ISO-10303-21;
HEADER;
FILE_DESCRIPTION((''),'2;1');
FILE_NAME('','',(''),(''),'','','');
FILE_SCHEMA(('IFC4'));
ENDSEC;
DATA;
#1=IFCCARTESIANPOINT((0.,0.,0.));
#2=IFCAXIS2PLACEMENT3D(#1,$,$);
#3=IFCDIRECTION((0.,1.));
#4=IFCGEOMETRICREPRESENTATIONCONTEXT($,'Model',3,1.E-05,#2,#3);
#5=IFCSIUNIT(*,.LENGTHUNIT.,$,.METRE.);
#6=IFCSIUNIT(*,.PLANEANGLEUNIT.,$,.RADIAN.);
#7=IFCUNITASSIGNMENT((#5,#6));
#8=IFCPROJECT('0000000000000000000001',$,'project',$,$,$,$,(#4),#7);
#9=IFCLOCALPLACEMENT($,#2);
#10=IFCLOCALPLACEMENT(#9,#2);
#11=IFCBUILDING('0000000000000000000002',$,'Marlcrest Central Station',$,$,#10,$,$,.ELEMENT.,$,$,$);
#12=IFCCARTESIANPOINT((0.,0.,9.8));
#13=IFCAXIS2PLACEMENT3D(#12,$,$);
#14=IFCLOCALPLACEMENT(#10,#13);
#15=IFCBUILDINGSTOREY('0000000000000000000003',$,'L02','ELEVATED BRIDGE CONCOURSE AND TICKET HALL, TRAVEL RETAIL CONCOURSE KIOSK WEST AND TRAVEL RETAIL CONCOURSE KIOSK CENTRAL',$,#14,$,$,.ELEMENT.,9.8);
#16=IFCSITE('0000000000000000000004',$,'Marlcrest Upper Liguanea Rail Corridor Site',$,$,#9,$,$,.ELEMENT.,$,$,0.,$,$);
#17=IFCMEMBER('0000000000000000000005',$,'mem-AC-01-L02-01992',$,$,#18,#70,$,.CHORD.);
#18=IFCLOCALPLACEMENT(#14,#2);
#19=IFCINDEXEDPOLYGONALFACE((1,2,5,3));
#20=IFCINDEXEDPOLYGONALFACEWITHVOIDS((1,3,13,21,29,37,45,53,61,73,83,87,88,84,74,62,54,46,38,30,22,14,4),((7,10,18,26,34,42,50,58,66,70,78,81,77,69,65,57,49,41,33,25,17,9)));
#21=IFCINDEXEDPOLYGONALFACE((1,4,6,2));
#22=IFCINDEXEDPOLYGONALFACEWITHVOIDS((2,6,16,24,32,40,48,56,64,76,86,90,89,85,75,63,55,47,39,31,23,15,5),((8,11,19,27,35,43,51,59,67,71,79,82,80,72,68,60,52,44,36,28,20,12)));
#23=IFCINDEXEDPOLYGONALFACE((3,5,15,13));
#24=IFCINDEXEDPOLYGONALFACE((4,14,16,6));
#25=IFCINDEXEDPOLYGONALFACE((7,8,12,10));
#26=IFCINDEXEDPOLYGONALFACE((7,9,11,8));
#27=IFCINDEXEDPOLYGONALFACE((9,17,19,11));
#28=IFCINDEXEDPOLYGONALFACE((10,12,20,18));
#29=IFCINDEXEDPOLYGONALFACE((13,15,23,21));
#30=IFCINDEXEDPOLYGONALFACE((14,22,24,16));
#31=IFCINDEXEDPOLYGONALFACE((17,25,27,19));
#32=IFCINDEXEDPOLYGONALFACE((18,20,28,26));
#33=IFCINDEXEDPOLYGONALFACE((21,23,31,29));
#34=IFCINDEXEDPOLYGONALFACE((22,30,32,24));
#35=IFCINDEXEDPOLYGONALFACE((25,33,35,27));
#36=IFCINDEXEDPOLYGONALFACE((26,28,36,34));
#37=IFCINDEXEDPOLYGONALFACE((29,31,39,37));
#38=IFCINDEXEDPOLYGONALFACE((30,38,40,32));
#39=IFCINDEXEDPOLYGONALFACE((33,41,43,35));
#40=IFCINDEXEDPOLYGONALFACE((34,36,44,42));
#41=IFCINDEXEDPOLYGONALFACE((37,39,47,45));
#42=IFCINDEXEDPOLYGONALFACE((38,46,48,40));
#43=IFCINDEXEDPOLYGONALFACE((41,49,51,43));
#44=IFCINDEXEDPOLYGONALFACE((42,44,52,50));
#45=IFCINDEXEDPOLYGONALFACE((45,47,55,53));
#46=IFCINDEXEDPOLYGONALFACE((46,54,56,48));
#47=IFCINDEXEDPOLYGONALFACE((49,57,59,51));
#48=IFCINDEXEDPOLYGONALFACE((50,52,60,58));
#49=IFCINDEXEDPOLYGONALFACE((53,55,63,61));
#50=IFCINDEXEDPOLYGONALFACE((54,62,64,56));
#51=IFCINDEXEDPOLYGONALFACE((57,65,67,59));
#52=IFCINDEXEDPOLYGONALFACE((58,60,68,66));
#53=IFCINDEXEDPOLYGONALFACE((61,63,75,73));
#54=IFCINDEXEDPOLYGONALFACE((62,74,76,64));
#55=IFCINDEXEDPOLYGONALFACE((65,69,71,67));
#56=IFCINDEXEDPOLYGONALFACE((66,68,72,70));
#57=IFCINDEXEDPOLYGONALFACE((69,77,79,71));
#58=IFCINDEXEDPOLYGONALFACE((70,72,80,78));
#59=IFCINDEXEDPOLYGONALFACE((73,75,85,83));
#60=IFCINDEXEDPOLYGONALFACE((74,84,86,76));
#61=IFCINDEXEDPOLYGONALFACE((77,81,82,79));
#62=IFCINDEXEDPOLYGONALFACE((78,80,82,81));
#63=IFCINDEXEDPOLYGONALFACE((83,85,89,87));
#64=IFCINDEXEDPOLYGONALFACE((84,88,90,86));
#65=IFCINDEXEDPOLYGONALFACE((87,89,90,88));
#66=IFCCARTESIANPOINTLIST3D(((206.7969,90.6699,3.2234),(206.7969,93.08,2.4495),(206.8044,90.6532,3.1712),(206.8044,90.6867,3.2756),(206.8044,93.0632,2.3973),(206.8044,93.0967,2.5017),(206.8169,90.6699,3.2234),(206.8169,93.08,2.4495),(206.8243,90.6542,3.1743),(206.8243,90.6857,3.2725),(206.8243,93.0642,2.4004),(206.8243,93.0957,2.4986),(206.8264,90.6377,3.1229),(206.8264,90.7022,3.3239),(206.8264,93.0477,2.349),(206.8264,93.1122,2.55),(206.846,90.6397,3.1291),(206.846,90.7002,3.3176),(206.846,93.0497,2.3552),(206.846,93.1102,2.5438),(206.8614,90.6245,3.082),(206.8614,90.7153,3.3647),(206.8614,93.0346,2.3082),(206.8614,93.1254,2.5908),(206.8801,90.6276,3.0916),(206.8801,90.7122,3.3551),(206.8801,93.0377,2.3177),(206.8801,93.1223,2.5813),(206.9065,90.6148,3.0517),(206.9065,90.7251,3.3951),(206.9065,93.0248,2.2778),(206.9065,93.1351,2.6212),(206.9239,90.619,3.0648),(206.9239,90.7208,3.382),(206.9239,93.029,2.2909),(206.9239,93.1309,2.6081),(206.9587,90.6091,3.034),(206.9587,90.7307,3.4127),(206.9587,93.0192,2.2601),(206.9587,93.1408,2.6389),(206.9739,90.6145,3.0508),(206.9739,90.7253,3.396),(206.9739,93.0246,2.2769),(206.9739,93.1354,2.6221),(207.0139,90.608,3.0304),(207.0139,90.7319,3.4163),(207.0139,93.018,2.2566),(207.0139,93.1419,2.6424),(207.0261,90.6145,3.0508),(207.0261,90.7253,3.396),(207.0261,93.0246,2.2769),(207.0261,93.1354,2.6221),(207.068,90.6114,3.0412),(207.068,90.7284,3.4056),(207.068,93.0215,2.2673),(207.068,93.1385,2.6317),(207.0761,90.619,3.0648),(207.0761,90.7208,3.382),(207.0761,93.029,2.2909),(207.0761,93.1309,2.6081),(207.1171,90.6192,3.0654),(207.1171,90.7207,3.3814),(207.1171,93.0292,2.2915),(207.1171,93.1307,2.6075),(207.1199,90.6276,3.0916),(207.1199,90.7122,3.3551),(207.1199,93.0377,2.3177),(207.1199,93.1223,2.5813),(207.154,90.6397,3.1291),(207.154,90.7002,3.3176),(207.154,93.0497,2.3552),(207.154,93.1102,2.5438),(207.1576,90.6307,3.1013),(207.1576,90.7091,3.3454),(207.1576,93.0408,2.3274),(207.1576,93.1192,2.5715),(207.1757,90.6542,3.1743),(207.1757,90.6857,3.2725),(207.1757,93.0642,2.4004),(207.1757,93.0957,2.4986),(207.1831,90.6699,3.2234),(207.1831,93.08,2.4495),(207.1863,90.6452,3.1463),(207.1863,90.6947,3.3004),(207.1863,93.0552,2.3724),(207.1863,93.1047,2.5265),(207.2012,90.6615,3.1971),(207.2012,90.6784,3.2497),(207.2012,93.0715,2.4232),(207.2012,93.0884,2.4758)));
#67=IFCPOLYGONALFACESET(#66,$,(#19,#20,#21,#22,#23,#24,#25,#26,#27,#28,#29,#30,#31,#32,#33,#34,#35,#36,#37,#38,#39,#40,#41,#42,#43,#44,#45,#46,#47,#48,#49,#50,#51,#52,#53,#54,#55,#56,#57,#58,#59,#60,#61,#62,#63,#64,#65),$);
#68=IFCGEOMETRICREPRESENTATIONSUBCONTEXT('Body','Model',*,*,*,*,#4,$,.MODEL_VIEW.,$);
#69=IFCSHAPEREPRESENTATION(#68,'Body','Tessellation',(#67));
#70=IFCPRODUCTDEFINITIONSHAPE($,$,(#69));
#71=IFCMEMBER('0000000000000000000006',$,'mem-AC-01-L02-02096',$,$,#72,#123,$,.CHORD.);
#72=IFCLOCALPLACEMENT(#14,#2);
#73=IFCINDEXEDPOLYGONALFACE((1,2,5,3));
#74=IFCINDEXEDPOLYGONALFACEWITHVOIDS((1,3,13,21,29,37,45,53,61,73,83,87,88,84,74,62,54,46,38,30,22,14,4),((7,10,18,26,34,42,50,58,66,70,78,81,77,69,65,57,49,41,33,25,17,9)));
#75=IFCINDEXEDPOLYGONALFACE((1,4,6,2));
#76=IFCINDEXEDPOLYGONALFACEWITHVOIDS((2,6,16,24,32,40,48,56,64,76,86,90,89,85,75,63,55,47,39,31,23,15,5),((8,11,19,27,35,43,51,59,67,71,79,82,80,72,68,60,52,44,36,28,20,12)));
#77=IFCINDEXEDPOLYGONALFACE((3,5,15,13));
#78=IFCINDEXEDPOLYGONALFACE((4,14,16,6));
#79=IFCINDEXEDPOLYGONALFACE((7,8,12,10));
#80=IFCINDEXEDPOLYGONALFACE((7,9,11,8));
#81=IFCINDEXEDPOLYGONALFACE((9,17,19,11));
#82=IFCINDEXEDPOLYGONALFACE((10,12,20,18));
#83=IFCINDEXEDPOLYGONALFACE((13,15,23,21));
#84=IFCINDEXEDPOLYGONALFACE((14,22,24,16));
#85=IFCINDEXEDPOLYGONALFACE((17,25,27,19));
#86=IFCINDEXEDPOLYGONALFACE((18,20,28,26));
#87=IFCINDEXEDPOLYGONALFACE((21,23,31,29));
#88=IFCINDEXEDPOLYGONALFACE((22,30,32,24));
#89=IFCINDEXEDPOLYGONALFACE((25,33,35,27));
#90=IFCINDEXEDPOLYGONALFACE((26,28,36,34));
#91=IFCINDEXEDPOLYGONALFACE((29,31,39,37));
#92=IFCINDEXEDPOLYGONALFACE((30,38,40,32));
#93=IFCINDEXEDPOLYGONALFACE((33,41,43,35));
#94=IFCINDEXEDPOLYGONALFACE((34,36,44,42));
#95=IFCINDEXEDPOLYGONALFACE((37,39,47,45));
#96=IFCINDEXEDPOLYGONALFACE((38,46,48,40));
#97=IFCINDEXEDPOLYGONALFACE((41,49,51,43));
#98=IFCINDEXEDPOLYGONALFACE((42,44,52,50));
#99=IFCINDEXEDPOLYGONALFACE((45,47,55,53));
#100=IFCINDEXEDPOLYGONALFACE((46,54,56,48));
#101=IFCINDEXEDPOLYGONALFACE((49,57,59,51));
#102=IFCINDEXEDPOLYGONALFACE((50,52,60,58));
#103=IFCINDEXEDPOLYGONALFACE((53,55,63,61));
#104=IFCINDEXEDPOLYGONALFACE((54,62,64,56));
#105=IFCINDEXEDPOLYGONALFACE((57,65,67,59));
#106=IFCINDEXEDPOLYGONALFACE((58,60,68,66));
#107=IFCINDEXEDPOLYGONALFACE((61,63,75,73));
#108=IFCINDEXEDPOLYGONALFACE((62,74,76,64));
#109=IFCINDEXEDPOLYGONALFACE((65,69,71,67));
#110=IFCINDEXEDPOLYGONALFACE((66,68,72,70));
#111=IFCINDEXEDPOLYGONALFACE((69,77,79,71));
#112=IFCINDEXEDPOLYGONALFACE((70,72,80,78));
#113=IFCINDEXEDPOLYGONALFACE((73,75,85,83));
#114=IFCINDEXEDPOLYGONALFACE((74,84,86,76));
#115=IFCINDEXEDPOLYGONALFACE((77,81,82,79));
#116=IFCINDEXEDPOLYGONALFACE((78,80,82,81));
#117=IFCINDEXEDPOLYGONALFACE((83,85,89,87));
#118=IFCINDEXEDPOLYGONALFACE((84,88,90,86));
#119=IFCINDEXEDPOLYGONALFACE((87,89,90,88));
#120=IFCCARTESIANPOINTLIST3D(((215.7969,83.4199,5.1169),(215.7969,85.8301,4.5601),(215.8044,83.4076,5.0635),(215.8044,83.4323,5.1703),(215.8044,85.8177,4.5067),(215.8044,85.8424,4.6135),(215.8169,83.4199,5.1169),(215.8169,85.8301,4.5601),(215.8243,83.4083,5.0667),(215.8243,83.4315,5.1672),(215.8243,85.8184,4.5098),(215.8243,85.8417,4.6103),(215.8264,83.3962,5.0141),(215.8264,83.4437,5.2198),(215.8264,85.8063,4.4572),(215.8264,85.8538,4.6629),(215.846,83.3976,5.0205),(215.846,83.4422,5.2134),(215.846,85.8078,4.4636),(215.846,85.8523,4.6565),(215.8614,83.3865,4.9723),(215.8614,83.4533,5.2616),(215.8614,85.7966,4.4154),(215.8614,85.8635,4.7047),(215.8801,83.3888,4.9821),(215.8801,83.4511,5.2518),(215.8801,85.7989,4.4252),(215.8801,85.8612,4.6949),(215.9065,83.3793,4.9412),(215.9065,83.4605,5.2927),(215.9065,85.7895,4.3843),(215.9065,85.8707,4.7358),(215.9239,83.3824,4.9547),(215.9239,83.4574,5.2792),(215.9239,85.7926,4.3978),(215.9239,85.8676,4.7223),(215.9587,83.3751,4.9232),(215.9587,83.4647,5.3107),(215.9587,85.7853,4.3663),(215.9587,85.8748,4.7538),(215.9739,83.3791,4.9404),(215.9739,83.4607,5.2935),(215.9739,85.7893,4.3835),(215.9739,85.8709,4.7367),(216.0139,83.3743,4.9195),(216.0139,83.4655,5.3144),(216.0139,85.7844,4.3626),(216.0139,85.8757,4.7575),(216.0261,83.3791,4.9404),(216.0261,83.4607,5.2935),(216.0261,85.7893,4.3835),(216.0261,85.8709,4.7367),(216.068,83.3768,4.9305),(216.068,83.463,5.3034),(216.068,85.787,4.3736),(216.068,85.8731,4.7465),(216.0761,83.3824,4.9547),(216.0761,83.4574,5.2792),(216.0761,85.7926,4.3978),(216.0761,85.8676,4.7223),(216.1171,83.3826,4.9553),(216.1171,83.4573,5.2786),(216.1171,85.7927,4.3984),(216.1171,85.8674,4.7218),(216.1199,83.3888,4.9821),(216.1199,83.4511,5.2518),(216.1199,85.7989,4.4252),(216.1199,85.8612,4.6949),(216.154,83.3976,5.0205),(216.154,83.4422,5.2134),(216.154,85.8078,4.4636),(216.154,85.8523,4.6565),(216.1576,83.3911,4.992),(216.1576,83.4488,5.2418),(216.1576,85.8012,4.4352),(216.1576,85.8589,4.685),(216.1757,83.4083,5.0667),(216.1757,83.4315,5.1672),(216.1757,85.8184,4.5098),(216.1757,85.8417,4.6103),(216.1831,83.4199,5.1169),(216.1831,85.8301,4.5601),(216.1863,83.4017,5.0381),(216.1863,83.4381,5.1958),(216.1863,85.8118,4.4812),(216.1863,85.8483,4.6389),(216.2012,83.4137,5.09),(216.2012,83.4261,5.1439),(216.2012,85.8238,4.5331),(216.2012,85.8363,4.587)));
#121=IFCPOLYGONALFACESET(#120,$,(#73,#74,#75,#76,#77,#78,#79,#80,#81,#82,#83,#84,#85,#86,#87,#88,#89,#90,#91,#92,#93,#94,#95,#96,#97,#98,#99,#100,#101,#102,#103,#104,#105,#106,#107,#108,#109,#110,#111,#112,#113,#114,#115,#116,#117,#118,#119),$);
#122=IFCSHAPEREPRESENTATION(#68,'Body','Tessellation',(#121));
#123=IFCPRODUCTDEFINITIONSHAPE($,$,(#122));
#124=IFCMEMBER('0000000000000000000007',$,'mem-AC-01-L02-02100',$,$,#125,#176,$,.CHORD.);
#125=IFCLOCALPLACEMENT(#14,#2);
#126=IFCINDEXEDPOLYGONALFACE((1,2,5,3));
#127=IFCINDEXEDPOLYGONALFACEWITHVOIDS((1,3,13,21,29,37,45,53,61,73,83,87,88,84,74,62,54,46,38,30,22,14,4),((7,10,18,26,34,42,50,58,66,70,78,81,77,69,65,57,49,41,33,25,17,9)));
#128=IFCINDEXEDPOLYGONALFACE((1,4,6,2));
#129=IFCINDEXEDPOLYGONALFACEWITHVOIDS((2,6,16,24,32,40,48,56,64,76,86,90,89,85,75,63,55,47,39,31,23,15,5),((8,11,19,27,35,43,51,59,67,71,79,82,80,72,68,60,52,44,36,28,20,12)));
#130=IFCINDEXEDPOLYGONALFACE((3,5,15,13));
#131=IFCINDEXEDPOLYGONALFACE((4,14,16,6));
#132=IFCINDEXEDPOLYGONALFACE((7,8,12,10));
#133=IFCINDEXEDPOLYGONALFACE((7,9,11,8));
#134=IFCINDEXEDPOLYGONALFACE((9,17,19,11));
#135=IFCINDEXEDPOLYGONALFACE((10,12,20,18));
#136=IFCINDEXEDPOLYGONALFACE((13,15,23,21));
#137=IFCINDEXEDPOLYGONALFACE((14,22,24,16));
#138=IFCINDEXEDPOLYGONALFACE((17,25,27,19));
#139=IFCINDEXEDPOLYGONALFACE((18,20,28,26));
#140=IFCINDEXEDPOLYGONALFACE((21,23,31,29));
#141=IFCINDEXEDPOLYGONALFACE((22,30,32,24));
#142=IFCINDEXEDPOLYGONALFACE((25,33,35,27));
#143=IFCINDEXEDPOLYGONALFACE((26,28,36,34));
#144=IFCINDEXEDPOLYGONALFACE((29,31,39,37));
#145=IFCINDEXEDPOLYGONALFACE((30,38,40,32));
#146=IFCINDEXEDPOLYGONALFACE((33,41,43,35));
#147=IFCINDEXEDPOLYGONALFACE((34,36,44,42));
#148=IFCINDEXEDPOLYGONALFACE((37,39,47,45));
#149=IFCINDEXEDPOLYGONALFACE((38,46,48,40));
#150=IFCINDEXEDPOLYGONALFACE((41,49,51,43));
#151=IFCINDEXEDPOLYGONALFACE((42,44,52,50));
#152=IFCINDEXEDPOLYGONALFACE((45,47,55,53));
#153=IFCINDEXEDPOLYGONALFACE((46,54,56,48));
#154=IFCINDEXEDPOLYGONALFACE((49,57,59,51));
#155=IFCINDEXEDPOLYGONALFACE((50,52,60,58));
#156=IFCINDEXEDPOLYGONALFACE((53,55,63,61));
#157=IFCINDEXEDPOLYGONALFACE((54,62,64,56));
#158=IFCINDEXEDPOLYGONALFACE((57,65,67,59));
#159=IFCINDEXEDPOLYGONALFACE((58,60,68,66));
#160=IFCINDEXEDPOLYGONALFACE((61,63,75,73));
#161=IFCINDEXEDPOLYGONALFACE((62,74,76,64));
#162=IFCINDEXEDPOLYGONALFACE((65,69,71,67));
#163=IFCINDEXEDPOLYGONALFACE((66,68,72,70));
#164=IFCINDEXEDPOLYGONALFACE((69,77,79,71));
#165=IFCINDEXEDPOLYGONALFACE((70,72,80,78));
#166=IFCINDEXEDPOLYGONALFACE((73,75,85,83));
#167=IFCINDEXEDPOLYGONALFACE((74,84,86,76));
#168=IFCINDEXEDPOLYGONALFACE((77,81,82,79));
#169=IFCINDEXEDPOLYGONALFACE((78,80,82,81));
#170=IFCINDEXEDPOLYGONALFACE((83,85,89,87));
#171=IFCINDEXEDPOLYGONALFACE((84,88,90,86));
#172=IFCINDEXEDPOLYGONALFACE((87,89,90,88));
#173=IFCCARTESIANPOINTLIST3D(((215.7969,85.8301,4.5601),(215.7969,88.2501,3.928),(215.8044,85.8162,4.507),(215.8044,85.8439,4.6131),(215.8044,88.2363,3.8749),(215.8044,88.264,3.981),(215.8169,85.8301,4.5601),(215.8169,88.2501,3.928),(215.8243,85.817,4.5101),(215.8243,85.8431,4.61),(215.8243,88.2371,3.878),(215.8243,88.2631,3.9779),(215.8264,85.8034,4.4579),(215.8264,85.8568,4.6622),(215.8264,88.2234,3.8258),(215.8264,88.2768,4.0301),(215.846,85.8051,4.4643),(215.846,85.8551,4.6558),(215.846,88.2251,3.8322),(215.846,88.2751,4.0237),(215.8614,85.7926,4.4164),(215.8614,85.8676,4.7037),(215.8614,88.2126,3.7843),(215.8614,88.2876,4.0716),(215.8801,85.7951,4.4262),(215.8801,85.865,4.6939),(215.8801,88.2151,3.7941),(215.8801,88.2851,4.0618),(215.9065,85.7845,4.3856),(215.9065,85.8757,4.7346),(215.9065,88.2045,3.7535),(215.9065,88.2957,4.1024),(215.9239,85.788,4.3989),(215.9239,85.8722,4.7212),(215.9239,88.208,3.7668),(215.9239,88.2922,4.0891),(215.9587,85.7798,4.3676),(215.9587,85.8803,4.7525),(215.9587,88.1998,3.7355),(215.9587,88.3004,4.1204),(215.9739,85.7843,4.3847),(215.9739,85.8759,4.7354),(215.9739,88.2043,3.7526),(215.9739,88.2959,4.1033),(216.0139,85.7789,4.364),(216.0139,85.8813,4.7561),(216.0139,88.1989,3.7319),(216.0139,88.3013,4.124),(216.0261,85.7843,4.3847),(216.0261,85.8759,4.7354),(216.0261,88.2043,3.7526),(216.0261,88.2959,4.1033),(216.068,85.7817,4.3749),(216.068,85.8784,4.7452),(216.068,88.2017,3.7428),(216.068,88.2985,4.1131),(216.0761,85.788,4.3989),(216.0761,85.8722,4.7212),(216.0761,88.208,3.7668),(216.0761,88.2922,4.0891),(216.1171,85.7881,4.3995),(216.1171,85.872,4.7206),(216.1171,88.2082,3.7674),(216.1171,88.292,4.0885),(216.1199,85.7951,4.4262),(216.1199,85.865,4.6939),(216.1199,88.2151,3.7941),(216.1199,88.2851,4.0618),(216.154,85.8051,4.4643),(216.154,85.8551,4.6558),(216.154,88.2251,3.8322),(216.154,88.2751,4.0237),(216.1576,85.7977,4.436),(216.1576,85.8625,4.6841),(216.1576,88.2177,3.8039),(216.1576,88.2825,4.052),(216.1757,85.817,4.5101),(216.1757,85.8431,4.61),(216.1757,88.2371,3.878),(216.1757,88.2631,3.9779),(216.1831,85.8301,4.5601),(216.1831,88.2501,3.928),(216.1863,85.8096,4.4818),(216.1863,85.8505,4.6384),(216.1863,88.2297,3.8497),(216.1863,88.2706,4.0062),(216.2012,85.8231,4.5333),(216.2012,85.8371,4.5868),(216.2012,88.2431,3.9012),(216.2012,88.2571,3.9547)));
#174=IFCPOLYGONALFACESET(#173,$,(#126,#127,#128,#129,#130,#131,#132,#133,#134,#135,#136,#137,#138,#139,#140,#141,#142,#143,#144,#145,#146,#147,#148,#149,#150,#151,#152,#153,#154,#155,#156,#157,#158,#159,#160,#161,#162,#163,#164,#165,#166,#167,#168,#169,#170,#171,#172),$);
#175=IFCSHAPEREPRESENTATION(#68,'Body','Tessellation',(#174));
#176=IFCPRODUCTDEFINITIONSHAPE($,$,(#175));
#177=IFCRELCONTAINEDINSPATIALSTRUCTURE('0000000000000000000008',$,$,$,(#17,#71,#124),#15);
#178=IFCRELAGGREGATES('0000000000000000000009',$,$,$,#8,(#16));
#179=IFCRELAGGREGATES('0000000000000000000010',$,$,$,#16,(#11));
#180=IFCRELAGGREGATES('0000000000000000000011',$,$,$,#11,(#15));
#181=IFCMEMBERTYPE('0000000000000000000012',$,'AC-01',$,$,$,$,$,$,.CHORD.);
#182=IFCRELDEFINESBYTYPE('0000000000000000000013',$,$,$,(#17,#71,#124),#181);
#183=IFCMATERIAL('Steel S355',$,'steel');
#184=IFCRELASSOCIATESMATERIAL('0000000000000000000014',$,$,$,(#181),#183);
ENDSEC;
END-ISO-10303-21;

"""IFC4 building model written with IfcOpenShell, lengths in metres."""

from ifc_helpers import new_model, si_unit, direction, frame, origin, origin_2d, place, context, subcontext, project, spatial, hollow_circle, extrude, material, material_profile, profile_set, type_object, element, save


model = new_model("IFC4")

# Units and contexts
model_context = context("Model", 3, precision=1e-05, world=origin(), true_north=direction((0.0, 1.0)))
body_context = subcontext(model_context, "Body", "Model", "MODEL_VIEW")
ifc_project = project(units=[si_unit("LENGTHUNIT", "METRE"), si_unit("PLANEANGLEUNIT", "RADIAN")], contexts=[model_context])

# Site, building, storey
site_placement = place(None, origin())
site = spatial("IfcSite", under=ifc_project, at=site_placement, Name="Marlcrest Upper Liguanea Rail Corridor Site", CompositionType="ELEMENT", RefElevation=0.0)
building_placement = place(site_placement, origin())
building = spatial("IfcBuilding", under=site, at=building_placement, Name="Marlcrest Central Station", CompositionType="ELEMENT")
storey_placement = place(building_placement, frame((0.0, 0.0, 9.8)))
storey = spatial("IfcBuildingStorey", under=building, at=storey_placement, Name="L02", Description="ELEVATED BRIDGE CONCOURSE AND TICKET HALL, TRAVEL RETAIL CONCOURSE KIOSK WEST AND TRAVEL RETAIL CONCOURSE KIOSK CENTRAL", CompositionType="ELEMENT", Elevation=9.8)

# Members
ifc_material_1 = material(Name="Steel S355", Category="steel")
ifc_material_profile_1 = material_profile(ifc_material_1, hollow_circle(Radius=0.2031, WallThickness=0.02, at=origin_2d()), Name="CHS 406.4x20")
ifc_profile_set_1 = profile_set([ifc_material_profile_1], Name="Steel S355")
member_type_1 = type_object("IfcMemberType", Name="AC-01", PredefinedType="CHORD", material=ifc_profile_set_1)
member_1_placement = place(storey_placement, frame((207.0, 90.6699, 3.2234), z_axis=(0.0, 0.952117, -0.305734), x_axis=(-1.0, 0.0, 0.0)))
element("IfcMember", 1, at=member_1_placement, inside=storey, type_object=member_type_1, Name="mem-AC-01-L02-01992", PredefinedType="CHORD", context=body_context, shape_type="SweptSolid", body=[
    extrude(hollow_circle(Radius=0.2031, WallThickness=0.02, at=origin_2d()), origin(), (0.0, 0.0, 1.0), 2.5312),
])
member_2_placement = place(storey_placement, frame((216.0, 83.4199, 5.1169), z_axis=(0.0, 0.97433, -0.225126), x_axis=(-1.0, 0.0, 0.0)))
element("IfcMember", 2, at=member_2_placement, inside=storey, type_object=member_type_1, Name="mem-AC-01-L02-02096", PredefinedType="CHORD", context=body_context, shape_type="SweptSolid", body=[
    extrude(hollow_circle(Radius=0.2031, WallThickness=0.02, at=origin_2d()), origin(), (0.0, 0.0, 1.0), 2.4736),
])
member_3_placement = place(storey_placement, frame((216.0, 85.8301, 4.5601), z_axis=(0.0, 0.967539, -0.25272), x_axis=(-1.0, 0.0, 0.0)))
element("IfcMember", 3, at=member_3_placement, inside=storey, type_object=member_type_1, Name="mem-AC-01-L02-02100", PredefinedType="CHORD", context=body_context, shape_type="SweptSolid", body=[
    extrude(hollow_circle(Radius=0.2031, WallThickness=0.02, at=origin_2d()), origin(), (0.0, 0.0, 1.0), 2.5012),
])

save(model, "model.ifc")
